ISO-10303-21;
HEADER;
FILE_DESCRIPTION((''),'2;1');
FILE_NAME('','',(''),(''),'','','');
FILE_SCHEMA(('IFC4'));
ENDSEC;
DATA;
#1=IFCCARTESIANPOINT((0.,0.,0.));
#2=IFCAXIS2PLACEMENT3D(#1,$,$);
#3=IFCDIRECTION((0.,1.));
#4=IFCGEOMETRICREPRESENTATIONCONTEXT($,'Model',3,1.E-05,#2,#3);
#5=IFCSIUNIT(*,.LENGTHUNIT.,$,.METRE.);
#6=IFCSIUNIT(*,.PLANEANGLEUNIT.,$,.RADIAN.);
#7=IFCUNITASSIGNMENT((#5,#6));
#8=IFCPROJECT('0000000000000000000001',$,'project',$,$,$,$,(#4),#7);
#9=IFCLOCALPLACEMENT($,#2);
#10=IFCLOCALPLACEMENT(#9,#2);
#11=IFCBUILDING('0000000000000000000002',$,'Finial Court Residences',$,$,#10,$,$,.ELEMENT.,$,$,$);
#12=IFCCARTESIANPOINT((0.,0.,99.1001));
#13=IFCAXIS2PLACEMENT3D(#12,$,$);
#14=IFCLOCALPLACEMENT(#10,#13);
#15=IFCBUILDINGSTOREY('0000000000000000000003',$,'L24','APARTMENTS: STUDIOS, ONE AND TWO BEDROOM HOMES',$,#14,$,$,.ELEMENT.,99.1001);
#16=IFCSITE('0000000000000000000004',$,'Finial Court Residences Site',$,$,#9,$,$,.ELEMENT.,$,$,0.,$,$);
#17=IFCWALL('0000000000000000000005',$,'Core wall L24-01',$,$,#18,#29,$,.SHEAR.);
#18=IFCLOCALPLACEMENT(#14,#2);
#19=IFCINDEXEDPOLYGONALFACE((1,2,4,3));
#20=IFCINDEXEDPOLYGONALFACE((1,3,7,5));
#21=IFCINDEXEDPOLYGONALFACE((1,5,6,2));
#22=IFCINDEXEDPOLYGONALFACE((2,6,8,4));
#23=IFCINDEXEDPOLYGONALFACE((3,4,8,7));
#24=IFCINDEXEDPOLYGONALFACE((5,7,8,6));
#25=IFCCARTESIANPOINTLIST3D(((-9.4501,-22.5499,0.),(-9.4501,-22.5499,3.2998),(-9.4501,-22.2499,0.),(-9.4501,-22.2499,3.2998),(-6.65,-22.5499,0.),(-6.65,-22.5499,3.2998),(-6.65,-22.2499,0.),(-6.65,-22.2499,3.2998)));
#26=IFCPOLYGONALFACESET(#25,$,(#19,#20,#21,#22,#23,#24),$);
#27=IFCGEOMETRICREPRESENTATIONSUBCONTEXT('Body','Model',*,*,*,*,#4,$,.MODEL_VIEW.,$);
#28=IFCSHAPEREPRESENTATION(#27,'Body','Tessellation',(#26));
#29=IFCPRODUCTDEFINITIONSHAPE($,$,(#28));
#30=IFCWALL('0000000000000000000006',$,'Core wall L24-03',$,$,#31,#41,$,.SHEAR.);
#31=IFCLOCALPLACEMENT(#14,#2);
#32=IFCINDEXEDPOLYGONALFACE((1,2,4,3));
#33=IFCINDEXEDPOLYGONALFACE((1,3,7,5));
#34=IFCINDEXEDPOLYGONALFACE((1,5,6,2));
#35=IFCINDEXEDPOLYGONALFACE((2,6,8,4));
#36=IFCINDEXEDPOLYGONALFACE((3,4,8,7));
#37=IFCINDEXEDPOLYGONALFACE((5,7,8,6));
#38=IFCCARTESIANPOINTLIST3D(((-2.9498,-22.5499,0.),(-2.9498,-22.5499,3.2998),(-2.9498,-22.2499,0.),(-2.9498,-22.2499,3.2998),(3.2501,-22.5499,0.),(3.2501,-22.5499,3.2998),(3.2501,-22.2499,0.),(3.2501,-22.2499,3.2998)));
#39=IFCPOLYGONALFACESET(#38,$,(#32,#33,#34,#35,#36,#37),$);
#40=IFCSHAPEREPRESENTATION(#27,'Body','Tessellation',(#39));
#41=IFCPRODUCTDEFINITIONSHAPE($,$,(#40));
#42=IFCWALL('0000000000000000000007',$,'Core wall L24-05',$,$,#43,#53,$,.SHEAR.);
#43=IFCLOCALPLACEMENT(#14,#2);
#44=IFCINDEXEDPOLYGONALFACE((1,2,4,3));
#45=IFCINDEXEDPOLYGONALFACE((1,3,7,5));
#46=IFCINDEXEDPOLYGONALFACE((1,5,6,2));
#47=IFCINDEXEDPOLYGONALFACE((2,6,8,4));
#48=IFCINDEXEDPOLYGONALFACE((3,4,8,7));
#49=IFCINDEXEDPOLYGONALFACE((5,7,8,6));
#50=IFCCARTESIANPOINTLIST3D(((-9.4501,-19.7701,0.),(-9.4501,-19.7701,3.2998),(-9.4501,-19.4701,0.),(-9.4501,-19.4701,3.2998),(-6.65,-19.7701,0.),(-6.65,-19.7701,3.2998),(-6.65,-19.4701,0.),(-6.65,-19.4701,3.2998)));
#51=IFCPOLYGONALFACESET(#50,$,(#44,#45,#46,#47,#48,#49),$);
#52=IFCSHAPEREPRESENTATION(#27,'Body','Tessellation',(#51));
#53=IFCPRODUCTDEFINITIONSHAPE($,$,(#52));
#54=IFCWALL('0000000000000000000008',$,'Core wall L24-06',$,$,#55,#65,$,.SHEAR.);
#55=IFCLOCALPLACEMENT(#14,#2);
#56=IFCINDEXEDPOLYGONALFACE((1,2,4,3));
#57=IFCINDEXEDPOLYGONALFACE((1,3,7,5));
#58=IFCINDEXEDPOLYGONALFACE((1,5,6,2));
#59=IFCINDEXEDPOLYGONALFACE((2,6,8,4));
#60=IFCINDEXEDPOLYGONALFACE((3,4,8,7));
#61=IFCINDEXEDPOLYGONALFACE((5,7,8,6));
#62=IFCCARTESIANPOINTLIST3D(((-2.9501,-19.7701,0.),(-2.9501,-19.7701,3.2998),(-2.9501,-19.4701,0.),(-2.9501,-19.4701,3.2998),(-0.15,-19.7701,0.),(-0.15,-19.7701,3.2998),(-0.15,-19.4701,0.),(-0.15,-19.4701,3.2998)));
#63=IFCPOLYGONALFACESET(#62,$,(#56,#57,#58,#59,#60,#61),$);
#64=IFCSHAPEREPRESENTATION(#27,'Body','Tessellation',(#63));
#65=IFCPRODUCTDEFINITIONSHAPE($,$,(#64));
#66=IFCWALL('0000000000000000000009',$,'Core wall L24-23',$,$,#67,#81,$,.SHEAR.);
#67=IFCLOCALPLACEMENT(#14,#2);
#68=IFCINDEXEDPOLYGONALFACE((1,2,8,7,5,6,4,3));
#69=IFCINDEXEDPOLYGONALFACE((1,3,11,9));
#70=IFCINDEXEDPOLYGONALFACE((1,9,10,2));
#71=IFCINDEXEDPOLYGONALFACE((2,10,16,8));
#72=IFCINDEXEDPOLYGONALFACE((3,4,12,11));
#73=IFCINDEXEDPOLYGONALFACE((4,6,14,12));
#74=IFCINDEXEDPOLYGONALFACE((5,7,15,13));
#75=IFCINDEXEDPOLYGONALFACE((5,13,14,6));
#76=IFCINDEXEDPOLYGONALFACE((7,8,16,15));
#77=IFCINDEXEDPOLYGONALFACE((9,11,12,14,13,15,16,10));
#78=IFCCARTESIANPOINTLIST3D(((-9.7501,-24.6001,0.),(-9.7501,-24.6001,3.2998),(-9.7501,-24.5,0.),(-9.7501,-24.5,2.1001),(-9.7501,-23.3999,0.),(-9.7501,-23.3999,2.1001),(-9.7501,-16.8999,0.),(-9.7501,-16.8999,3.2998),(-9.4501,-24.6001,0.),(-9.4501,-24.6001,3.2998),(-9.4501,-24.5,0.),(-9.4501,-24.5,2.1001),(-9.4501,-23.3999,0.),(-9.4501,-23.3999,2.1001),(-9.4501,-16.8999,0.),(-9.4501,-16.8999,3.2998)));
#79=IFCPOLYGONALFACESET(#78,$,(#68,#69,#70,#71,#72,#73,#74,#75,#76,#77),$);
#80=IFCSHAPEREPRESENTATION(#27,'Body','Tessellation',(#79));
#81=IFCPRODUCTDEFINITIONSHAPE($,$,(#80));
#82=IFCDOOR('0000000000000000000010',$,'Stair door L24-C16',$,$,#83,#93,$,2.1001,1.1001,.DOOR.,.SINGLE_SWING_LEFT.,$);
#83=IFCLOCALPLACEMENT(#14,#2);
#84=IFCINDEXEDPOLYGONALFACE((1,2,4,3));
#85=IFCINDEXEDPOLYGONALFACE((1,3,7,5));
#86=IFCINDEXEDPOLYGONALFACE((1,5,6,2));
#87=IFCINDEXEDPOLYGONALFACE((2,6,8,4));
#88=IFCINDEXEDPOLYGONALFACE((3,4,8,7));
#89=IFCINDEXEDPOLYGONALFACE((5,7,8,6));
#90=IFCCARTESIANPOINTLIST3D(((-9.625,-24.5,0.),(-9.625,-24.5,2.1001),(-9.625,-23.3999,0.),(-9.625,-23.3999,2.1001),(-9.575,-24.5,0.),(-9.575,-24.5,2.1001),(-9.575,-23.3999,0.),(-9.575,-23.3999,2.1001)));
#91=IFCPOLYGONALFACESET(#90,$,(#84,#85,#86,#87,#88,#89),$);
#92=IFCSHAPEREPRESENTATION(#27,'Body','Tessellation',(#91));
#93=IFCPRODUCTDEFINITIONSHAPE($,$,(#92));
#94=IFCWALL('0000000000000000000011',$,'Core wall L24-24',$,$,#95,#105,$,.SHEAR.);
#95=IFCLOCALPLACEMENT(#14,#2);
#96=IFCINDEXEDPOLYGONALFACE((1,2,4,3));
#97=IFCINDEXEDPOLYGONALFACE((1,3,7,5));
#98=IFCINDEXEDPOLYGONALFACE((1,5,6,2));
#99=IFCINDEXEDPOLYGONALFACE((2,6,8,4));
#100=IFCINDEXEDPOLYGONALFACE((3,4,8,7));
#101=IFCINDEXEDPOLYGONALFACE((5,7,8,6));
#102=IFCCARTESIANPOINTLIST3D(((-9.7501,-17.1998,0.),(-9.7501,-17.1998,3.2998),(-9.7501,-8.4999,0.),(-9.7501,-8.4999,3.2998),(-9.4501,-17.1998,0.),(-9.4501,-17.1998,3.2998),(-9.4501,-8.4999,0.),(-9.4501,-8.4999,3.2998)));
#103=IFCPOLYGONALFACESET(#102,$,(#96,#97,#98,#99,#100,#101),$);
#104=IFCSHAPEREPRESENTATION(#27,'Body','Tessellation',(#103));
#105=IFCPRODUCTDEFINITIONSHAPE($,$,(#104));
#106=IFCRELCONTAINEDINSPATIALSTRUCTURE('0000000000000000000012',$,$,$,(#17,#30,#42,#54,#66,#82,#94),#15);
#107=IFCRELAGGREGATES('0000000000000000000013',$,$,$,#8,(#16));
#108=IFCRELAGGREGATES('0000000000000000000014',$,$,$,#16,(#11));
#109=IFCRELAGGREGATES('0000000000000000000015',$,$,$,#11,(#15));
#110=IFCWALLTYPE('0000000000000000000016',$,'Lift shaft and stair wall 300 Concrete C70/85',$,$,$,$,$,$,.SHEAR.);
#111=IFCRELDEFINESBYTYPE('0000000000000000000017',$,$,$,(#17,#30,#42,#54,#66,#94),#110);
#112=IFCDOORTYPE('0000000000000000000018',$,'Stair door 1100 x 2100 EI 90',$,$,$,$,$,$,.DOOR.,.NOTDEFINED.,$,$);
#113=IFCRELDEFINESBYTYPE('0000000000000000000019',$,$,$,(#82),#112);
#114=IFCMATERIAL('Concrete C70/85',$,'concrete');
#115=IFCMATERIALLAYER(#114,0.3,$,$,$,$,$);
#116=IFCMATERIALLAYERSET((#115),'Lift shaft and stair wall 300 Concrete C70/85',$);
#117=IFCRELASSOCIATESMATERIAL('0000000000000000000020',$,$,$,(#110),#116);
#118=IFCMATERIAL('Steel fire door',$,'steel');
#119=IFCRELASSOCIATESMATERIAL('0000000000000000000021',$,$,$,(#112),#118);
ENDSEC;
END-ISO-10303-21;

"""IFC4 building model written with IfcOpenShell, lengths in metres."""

from ifc_helpers import new_model, si_unit, direction, frame, frame_2d, origin, place, context, subcontext, project, spatial, rectangle, extrude, material, layer, layer_set, type_object, element, fill, save


model = new_model("IFC4")

# Units and contexts
model_context = context("Model", 3, precision=1e-05, world=origin(), true_north=direction((0.0, 1.0)))
body_context = subcontext(model_context, "Body", "Model", "MODEL_VIEW")
ifc_project = project(units=[si_unit("LENGTHUNIT", "METRE"), si_unit("PLANEANGLEUNIT", "RADIAN")], contexts=[model_context])

# Site, building, storey
site_placement = place(None, origin())
site = spatial("IfcSite", under=ifc_project, at=site_placement, Name="Finial Court Residences Site", CompositionType="ELEMENT", RefElevation=0.0)
building_placement = place(site_placement, origin())
building = spatial("IfcBuilding", under=site, at=building_placement, Name="Finial Court Residences", CompositionType="ELEMENT")
storey_placement = place(building_placement, frame((0.0, 0.0, 99.1001)))
storey = spatial("IfcBuildingStorey", under=building, at=storey_placement, Name="L24", Description="APARTMENTS: STUDIOS, ONE AND TWO BEDROOM HOMES", CompositionType="ELEMENT", Elevation=99.1001)

# Walls
ifc_material_1 = material(Name="Concrete C70/85", Category="concrete")
ifc_layer_1 = layer(ifc_material_1, 0.3)
ifc_layer_set_1 = layer_set([ifc_layer_1], Name="Lift shaft and stair wall 300 Concrete C70/85")
wall_type_1 = type_object("IfcWallType", Name="Lift shaft and stair wall 300 Concrete C70/85", PredefinedType="SHEAR", material=ifc_layer_set_1)
wall_1_placement = place(storey_placement, frame((-9.45, -22.3999, 0.0), z_axis=(0.0, 0.0, 1.0), x_axis=(1.0, 0.0, 0.0)))
element("IfcWall", 1, at=wall_1_placement, inside=storey, type_object=wall_type_1, Name="Core wall L24-01", PredefinedType="SHEAR", context=body_context, shape_type="SweptSolid", body=[
    extrude(rectangle(XDim=2.8, YDim=0.3, at=frame_2d((1.3999, 0.0))), origin(), (0.0, 0.0, 1.0), 3.2998),
])
wall_2_placement = place(storey_placement, frame((-2.95, -22.3999, 0.0), z_axis=(0.0, 0.0, 1.0), x_axis=(1.0, 0.0, 0.0)))
element("IfcWall", 2, at=wall_2_placement, inside=storey, type_object=wall_type_1, Name="Core wall L24-03", PredefinedType="SHEAR", context=body_context, shape_type="SweptSolid", body=[
    extrude(rectangle(XDim=6.2, YDim=0.3, at=frame_2d((3.1001, 0.0))), origin(), (0.0, 0.0, 1.0), 3.2998),
])
for number, where, z_axis, x_axis, name in (
    (3, (-9.45, -19.6201, 0.0), (0.0, 0.0, 1.0), (1.0, 0.0, 0.0), "Core wall L24-05"),
    (4, (-2.95, -19.6201, 0.0), (0.0, 0.0, 1.0), (1.0, 0.0, 0.0), "Core wall L24-06"),
):
    element("IfcWall", number, at=place(storey_placement, frame(where, z_axis=z_axis, x_axis=x_axis)), inside=storey, type_object=wall_type_1, Name=name, PredefinedType="SHEAR", context=body_context, shape_type="SweptSolid", body=[
        extrude(rectangle(XDim=2.8, YDim=0.3, at=frame_2d((1.3999, 0.0))), origin(), (0.0, 0.0, 1.0), 3.2998),
    ])

# Wall, opening, door
wall_3_placement = place(storey_placement, frame((-9.6001, -24.6001, 0.0), z_axis=(0.0, 0.0, 1.0), x_axis=(0.0, 1.0, 0.0)))
wall_3 = element("IfcWall", 5, at=wall_3_placement, inside=storey, type_object=wall_type_1, Name="Core wall L24-23", PredefinedType="SHEAR", context=body_context, shape_type="SweptSolid", body=[
    extrude(rectangle(XDim=7.7002, YDim=0.3, at=frame_2d((3.8501, 0.0))), origin(), (0.0, 0.0, 1.0), 3.2998),
])
opening_1_placement = place(wall_3_placement, frame((0.1001, 0.0, 0.0)))
opening_1 = element("IfcOpeningElement", 6, at=opening_1_placement, cuts=wall_3, PredefinedType="OPENING", context=body_context, shape_type="SweptSolid", body=[
    extrude(rectangle(XDim=1.1001, YDim=2.1001, at=frame_2d((0.55, 1.05))), frame((0.0, 0.1599, 0.0), z_axis=(0.0, -1.0, 0.0), x_axis=(1.0, 0.0, 0.0)), (0.0, 0.0, 1.0), 0.3201),
])
ifc_material_2 = material(Name="Steel fire door", Category="steel")
door_type_1 = type_object("IfcDoorType", Name="Stair door 1100 x 2100 EI 90", OperationType="NOTDEFINED", PredefinedType="DOOR", material=ifc_material_2)
door_1_placement = place(opening_1_placement, origin())
door_1 = element("IfcDoor", 7, at=door_1_placement, inside=storey, type_object=door_type_1, Name="Stair door L24-C16", OperationType="SINGLE_SWING_LEFT", OverallHeight=2.1001, OverallWidth=1.1001, PredefinedType="DOOR", context=body_context, shape_type="SweptSolid", body=[
    extrude(rectangle(XDim=1.1001, YDim=2.1001, at=frame_2d((0.55, 1.05))), frame((0.0, 0.0249, 0.0), z_axis=(0.0, -1.0, 0.0), x_axis=(1.0, 0.0, 0.0)), (0.0, 0.0, 1.0), 0.05),
])
fill(opening_1, door_1)

# Wall
wall_4_placement = place(storey_placement, frame((-9.6001, -17.2, 0.0), z_axis=(0.0, 0.0, 1.0), x_axis=(0.0, 1.0, 0.0)))
element("IfcWall", 8, at=wall_4_placement, inside=storey, type_object=wall_type_1, Name="Core wall L24-24", PredefinedType="SHEAR", context=body_context, shape_type="SweptSolid", body=[
    extrude(rectangle(XDim=8.7, YDim=0.3, at=frame_2d((4.3501, 0.0))), origin(), (0.0, 0.0, 1.0), 3.2998),
])

save(model, "model.ifc")
